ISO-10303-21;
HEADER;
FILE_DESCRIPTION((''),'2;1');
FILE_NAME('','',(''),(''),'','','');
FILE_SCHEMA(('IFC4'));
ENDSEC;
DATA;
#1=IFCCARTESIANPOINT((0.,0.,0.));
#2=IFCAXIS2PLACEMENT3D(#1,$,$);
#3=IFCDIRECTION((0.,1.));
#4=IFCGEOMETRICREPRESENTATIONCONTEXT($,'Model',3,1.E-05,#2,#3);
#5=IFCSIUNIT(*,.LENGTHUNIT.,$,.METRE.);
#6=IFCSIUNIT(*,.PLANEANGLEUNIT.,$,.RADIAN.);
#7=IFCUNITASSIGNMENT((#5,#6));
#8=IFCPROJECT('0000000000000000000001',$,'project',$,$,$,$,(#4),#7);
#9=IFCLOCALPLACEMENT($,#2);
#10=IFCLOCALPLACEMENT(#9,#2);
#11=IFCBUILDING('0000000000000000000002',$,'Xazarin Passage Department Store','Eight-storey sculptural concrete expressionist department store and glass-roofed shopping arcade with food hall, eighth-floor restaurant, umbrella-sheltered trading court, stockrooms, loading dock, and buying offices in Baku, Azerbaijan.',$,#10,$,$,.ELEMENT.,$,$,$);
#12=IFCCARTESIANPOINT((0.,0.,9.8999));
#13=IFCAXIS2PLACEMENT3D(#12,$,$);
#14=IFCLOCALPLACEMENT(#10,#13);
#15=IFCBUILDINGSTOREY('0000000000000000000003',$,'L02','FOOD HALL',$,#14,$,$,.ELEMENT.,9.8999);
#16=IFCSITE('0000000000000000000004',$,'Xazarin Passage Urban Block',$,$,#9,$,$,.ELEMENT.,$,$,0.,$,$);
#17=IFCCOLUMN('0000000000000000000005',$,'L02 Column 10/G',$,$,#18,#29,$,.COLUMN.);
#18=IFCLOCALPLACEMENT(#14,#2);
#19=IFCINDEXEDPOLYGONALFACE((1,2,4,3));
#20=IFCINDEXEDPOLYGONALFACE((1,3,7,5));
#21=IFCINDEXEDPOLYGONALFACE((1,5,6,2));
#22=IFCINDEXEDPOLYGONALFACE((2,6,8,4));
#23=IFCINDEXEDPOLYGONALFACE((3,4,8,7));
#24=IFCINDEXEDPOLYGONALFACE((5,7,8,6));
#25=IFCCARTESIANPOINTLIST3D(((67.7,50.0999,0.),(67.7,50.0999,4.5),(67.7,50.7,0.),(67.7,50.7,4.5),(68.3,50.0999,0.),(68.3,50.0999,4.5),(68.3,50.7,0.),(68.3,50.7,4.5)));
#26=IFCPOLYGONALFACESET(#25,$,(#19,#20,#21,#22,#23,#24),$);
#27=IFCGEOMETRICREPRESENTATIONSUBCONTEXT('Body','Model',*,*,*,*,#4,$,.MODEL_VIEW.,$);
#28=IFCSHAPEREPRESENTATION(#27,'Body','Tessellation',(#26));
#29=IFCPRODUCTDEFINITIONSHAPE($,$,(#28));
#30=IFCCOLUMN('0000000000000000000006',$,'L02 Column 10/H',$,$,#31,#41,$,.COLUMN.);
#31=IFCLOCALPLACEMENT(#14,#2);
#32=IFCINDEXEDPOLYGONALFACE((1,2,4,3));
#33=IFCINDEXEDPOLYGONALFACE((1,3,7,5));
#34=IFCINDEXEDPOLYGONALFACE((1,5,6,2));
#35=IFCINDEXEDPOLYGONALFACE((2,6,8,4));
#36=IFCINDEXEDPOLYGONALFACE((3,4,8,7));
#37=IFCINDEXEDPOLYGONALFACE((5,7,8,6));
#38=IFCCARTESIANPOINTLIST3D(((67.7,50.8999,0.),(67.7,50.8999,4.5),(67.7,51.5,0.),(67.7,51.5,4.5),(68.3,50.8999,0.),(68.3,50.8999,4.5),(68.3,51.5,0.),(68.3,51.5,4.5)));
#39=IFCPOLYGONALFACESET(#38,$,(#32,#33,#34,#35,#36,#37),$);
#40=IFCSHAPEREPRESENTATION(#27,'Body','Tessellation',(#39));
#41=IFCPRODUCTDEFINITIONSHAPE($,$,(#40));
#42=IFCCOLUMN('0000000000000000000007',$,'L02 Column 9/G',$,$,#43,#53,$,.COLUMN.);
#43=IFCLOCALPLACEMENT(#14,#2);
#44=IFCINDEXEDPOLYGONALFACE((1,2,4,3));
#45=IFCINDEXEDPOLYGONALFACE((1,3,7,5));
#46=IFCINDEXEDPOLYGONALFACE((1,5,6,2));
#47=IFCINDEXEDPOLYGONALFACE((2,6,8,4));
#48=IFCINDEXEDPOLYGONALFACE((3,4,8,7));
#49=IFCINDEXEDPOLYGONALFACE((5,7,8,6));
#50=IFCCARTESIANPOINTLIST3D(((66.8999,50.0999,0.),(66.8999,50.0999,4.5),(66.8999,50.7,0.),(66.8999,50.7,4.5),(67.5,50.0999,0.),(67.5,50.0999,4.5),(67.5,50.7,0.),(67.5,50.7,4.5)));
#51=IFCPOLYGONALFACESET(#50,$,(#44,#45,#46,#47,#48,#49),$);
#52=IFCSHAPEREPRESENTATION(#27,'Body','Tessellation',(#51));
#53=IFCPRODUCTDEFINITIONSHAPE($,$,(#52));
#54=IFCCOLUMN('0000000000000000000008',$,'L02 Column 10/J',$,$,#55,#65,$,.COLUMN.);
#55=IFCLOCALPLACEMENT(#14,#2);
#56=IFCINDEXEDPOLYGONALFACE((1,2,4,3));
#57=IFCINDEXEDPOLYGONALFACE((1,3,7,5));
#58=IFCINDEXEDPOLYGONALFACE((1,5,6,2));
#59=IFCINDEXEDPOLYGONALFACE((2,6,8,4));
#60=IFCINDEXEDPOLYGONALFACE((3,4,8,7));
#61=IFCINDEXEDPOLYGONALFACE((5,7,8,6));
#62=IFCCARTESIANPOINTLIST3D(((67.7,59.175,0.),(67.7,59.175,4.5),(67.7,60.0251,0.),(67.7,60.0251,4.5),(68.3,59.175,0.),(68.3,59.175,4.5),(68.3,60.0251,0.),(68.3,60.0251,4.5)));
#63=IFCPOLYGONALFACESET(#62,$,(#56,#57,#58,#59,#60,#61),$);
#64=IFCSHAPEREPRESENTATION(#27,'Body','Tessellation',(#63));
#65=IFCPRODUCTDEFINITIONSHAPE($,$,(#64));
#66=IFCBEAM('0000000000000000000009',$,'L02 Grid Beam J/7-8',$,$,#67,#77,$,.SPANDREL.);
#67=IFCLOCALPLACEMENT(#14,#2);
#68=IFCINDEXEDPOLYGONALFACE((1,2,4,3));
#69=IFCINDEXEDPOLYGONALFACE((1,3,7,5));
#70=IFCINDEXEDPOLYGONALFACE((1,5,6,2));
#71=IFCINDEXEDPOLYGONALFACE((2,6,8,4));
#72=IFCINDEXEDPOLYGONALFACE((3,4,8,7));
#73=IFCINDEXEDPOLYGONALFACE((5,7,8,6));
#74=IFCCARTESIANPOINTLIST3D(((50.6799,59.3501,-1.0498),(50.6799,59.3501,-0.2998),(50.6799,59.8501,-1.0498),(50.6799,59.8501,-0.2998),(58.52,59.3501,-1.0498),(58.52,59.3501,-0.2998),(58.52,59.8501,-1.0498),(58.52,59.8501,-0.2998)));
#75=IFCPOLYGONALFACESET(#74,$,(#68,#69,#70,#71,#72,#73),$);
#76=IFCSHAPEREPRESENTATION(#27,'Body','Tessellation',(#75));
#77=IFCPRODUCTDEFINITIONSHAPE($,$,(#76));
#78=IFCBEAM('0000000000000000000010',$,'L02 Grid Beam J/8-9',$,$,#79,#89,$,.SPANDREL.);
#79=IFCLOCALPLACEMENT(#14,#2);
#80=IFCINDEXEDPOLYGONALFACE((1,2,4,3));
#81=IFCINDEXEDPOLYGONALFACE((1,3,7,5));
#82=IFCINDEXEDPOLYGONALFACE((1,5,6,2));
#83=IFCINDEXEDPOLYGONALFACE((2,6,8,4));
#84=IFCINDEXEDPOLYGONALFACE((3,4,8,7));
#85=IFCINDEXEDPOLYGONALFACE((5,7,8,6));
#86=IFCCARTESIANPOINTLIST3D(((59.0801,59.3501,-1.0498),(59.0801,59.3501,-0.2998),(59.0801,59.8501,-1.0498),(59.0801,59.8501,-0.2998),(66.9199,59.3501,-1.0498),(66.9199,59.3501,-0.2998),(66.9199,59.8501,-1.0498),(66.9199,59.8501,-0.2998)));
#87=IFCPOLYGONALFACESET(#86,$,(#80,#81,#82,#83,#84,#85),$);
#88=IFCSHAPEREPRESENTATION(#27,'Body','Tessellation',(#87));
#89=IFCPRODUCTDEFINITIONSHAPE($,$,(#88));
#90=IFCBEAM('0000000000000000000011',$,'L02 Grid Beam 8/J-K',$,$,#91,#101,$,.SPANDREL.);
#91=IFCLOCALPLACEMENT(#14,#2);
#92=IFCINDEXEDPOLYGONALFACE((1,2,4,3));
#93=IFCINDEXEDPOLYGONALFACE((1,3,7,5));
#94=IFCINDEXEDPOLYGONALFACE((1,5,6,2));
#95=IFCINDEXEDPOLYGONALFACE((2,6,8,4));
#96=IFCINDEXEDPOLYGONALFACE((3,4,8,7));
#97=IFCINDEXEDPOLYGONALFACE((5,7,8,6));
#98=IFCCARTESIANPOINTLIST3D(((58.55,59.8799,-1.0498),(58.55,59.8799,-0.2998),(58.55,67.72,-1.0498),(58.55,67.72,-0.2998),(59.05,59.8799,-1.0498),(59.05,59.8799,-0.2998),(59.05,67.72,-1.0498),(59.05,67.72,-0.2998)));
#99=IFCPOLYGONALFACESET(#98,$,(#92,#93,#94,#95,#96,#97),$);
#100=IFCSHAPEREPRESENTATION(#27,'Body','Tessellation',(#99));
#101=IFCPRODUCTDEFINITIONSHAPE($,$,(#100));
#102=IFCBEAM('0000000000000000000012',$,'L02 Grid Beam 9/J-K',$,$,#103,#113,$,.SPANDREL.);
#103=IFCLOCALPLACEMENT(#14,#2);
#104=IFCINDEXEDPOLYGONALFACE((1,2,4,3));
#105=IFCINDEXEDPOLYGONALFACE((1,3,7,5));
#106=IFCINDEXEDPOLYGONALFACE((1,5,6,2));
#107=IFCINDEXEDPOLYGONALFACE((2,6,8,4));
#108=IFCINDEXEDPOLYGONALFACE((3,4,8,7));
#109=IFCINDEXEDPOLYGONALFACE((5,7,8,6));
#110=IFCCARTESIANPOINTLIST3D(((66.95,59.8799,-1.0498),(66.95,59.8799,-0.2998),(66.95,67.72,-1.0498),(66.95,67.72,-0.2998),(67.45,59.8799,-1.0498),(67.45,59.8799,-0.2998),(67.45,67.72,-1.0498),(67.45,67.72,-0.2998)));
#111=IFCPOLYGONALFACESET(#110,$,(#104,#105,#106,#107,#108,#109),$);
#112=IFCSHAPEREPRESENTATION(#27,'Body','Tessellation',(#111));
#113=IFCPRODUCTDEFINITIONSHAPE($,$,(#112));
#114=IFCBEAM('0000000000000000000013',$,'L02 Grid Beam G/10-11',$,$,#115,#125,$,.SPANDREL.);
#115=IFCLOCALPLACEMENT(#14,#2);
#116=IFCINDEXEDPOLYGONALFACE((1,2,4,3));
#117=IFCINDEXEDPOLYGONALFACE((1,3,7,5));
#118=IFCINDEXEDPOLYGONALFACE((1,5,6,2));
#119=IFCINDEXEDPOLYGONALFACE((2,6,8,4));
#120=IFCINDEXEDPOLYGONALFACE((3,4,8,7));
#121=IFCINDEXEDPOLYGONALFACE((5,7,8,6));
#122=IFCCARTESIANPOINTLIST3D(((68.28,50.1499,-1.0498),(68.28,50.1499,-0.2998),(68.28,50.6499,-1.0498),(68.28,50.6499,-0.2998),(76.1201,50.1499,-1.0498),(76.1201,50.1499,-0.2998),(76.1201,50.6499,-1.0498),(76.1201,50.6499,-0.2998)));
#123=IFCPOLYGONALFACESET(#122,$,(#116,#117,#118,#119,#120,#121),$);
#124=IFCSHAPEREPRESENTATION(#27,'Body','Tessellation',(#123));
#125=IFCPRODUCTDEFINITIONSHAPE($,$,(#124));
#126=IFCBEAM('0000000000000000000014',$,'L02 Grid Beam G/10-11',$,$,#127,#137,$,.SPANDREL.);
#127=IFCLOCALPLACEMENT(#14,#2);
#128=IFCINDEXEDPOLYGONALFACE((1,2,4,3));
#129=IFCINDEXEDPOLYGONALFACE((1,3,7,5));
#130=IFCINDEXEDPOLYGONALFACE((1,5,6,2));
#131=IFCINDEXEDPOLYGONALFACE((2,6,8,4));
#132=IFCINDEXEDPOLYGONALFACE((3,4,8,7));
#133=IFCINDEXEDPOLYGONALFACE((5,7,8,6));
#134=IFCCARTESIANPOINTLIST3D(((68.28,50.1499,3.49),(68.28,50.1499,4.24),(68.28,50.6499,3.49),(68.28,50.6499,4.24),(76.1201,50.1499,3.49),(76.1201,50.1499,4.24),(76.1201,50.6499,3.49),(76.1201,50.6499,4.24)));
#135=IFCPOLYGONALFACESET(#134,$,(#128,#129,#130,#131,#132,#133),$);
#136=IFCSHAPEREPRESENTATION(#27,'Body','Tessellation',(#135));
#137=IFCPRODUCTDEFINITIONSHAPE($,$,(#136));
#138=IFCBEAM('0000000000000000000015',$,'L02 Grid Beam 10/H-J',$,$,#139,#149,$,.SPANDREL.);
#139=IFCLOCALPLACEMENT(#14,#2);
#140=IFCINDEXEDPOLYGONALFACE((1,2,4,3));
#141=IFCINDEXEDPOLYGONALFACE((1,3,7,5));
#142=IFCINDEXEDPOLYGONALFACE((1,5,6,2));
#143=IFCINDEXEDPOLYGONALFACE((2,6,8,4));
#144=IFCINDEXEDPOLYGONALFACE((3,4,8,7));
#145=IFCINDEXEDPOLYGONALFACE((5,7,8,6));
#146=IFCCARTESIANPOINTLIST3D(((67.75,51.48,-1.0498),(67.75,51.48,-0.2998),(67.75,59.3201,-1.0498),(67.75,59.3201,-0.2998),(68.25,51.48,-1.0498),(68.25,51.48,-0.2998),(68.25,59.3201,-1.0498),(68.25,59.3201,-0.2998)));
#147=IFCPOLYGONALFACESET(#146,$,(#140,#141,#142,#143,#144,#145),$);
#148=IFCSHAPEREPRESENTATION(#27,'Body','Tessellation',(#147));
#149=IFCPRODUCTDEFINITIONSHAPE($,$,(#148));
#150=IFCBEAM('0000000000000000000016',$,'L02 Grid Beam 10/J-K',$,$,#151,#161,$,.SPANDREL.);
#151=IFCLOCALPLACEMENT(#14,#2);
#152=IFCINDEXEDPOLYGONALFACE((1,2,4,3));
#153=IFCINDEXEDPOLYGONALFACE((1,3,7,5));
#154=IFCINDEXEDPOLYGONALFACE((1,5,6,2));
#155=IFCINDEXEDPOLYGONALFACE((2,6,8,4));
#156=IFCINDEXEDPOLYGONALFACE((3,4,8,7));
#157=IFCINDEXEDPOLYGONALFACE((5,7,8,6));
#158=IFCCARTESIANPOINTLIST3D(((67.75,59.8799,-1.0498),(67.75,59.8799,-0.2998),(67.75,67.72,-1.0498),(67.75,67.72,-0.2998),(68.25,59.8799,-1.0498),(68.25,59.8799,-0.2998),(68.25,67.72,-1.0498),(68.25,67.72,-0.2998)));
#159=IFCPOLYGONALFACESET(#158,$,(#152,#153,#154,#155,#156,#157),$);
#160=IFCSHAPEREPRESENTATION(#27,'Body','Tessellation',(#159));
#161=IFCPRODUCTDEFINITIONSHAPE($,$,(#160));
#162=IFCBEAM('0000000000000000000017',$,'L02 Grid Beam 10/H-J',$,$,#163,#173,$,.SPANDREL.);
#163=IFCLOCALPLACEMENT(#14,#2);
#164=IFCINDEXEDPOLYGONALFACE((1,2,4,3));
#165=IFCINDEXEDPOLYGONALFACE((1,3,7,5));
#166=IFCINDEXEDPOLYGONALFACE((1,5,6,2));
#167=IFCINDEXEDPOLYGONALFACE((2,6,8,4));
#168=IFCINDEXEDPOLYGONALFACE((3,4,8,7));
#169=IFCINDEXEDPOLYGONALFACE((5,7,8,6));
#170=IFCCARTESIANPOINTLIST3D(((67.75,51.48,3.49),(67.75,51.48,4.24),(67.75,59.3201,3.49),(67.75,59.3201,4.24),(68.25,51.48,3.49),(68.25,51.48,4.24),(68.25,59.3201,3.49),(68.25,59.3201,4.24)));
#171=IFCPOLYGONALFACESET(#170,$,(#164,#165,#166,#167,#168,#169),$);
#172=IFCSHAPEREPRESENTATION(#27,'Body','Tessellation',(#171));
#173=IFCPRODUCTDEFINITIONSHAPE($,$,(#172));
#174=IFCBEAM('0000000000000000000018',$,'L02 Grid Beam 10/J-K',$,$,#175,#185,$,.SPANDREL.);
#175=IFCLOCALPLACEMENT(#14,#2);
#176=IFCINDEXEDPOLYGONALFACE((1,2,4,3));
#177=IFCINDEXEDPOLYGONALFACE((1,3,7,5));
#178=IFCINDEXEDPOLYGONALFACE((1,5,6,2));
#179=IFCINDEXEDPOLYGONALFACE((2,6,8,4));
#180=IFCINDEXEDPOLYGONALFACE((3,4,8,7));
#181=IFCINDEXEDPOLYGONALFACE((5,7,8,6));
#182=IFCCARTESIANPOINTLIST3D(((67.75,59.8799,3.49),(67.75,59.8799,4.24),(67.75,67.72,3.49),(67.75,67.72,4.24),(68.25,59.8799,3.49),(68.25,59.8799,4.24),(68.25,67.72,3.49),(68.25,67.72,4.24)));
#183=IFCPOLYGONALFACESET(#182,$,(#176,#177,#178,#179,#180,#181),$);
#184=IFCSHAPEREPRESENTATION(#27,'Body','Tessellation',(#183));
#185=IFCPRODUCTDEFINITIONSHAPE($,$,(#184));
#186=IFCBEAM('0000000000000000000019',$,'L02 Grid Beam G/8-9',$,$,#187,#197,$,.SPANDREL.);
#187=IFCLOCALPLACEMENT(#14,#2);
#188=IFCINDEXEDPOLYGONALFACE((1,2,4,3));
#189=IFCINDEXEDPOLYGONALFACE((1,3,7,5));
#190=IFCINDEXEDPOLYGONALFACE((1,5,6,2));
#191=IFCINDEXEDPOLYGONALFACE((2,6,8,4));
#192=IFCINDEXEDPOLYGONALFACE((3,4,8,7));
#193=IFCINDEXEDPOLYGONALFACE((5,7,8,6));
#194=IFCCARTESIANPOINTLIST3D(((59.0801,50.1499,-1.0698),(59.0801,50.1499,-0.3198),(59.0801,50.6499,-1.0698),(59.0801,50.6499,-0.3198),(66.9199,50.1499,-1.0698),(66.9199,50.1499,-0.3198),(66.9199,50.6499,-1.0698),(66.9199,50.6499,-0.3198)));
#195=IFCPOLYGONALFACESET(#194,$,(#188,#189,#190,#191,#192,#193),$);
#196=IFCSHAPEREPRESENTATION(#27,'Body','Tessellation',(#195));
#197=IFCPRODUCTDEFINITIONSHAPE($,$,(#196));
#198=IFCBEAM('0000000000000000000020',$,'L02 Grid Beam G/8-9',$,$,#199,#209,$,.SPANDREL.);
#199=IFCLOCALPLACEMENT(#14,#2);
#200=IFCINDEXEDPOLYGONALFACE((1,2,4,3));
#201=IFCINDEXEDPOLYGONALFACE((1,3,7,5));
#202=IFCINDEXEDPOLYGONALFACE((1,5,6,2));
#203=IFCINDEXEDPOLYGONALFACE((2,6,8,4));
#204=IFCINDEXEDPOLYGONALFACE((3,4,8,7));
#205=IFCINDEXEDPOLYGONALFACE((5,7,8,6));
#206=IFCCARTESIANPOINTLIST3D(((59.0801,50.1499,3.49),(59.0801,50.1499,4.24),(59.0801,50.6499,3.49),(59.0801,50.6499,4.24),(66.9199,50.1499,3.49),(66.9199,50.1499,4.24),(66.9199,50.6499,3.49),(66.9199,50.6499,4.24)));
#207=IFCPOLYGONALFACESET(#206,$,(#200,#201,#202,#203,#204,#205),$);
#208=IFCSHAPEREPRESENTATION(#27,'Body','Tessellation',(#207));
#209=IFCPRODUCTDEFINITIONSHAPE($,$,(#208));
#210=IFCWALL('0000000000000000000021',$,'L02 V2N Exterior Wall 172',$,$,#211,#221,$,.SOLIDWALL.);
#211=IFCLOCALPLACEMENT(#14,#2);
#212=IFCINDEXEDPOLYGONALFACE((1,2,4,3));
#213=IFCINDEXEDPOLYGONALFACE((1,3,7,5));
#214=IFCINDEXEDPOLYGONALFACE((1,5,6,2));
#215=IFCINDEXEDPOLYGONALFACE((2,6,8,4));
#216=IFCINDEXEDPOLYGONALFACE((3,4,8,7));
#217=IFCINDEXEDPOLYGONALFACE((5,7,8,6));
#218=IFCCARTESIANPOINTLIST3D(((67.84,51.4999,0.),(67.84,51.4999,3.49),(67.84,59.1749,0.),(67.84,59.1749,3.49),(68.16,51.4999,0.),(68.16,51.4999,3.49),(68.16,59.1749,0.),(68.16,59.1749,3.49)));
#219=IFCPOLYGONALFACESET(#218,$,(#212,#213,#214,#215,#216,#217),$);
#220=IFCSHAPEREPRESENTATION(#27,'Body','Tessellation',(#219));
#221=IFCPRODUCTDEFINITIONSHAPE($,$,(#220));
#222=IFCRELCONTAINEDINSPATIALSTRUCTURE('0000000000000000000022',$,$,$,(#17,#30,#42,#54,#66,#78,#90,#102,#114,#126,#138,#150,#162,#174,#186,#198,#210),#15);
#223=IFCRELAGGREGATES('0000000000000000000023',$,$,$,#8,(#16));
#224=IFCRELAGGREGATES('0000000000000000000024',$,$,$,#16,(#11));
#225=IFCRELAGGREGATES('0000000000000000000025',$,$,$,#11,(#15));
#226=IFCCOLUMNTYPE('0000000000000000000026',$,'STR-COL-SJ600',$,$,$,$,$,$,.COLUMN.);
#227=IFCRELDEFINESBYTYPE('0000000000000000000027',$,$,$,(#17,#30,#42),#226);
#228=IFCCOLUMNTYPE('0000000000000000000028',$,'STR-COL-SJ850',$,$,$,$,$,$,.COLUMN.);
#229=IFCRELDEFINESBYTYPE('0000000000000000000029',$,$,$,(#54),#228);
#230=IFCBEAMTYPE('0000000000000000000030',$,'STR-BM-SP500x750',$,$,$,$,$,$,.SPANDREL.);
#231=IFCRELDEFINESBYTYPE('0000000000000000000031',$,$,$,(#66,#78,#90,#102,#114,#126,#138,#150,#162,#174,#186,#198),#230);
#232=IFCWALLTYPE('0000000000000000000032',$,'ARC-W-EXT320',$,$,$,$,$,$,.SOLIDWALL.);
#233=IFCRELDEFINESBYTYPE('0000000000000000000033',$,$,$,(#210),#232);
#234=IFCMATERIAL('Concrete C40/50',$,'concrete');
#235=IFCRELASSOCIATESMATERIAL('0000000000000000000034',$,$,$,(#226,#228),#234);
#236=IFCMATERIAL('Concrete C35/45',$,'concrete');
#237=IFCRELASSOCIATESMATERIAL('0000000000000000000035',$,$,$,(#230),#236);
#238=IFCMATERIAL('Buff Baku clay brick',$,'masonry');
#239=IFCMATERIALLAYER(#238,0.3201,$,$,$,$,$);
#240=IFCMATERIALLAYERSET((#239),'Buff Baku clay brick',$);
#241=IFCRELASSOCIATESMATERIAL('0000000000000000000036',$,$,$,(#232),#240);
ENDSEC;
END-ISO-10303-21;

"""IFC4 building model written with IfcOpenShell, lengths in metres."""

from ifc_helpers import new_model, si_unit, direction, frame, frame_2d, origin, origin_2d, place, context, subcontext, project, spatial, rectangle, extrude, material, layer, layer_set, material_profile, profile_set, type_object, element, save


model = new_model("IFC4")

# Units and contexts
model_context = context("Model", 3, precision=1e-05, world=origin(), true_north=direction((0.0, 1.0)))
body_context = subcontext(model_context, "Body", "Model", "MODEL_VIEW")
ifc_project = project(units=[si_unit("LENGTHUNIT", "METRE"), si_unit("PLANEANGLEUNIT", "RADIAN")], contexts=[model_context])

# Site, building, storey
site_placement = place(None, origin())
site = spatial("IfcSite", under=ifc_project, at=site_placement, Name="Xazarin Passage Urban Block", CompositionType="ELEMENT", RefElevation=0.0)
building_placement = place(site_placement, origin())
building = spatial("IfcBuilding", under=site, at=building_placement, Name="Xazarin Passage Department Store", Description="Eight-storey sculptural concrete expressionist department store and glass-roofed shopping arcade with food hall, eighth-floor restaurant, umbrella-sheltered trading court, stockrooms, loading dock, and buying offices in Baku, Azerbaijan.", CompositionType="ELEMENT")
storey_placement = place(building_placement, frame((0.0, 0.0, 9.8999)))
storey = spatial("IfcBuildingStorey", under=building, at=storey_placement, Name="L02", Description="FOOD HALL", CompositionType="ELEMENT", Elevation=9.8999)

# Columns
ifc_material_1 = material(Name="Concrete C40/50", Category="concrete")
ifc_material_profile_1 = material_profile(ifc_material_1, rectangle(XDim=0.6001, YDim=0.6001, at=origin_2d()), Name="RC 600x600")
ifc_profile_set_1 = profile_set([ifc_material_profile_1], Name="Concrete C40/50")
column_type_1 = type_object("IfcColumnType", Name="STR-COL-SJ600", PredefinedType="COLUMN", material=ifc_profile_set_1)
for number, where, z_axis, x_axis, name in (
    (1, (68.0, 50.3999, 0.0), (0.0, 0.0, 1.0), (1.0, 0.0, 0.0), "L02 Column 10/G"),
    (2, (68.0, 51.2, 0.0), (0.0, 0.0, 1.0), (1.0, 0.0, 0.0), "L02 Column 10/H"),
    (3, (67.2, 50.3999, 0.0), (0.0, 0.0, 1.0), (1.0, 0.0, 0.0), "L02 Column 9/G"),
):
    element("IfcColumn", number, at=place(storey_placement, frame(where, z_axis=z_axis, x_axis=x_axis)), inside=storey, type_object=column_type_1, Name=name, PredefinedType="COLUMN", context=body_context, shape_type="SweptSolid", body=[
        extrude(rectangle(XDim=0.6001, YDim=0.6001, at=origin_2d()), origin(), (0.0, 0.0, 1.0), 4.5),
    ])
ifc_material_profile_2 = material_profile(ifc_material_1, rectangle(XDim=0.6001, YDim=0.8501, at=origin_2d()), Name="RC 600x850")
ifc_profile_set_2 = profile_set([ifc_material_profile_2], Name="Concrete C40/50")
column_type_2 = type_object("IfcColumnType", Name="STR-COL-SJ850", PredefinedType="COLUMN", material=ifc_profile_set_2)
column_placement = place(storey_placement, frame((68.0, 59.6001, 0.0), z_axis=(0.0, 0.0, 1.0), x_axis=(1.0, 0.0, 0.0)))
element("IfcColumn", 4, at=column_placement, inside=storey, type_object=column_type_2, Name="L02 Column 10/J", PredefinedType="COLUMN", context=body_context, shape_type="SweptSolid", body=[
    extrude(rectangle(XDim=0.6001, YDim=0.8501, at=origin_2d()), origin(), (0.0, 0.0, 1.0), 4.5),
])

# Beams
ifc_material_2 = material(Name="Concrete C35/45", Category="concrete")
ifc_material_profile_3 = material_profile(ifc_material_2, rectangle(XDim=0.5, YDim=0.75, at=origin_2d()), Name="RC 500x750")
ifc_profile_set_3 = profile_set([ifc_material_profile_3], Name="Concrete C35/45")
beam_type = type_object("IfcBeamType", Name="STR-BM-SP500x750", PredefinedType="SPANDREL", material=ifc_profile_set_3)
beam_1_placement = place(storey_placement, frame((50.6799, 59.6001, -0.6748), z_axis=(1.0, 0.0, 0.0), x_axis=(0.0, 1.0, 0.0)))
element("IfcBeam", 5, at=beam_1_placement, inside=storey, type_object=beam_type, Name="L02 Grid Beam J/7-8", PredefinedType="SPANDREL", context=body_context, shape_type="SweptSolid", body=[
    extrude(rectangle(XDim=0.5, YDim=0.75, at=origin_2d()), origin(), (0.0, 0.0, 1.0), 7.8401),
])
beam_2_placement = place(storey_placement, frame((59.0801, 59.6001, -0.6748), z_axis=(1.0, 0.0, 0.0), x_axis=(0.0, 1.0, 0.0)))
element("IfcBeam", 6, at=beam_2_placement, inside=storey, type_object=beam_type, Name="L02 Grid Beam J/8-9", PredefinedType="SPANDREL", context=body_context, shape_type="SweptSolid", body=[
    extrude(rectangle(XDim=0.5, YDim=0.75, at=origin_2d()), origin(), (0.0, 0.0, 1.0), 7.8398),
])
for number, where, z_axis, x_axis, name in (
    (7, (58.8, 59.8799, -0.6748), (0.0, 1.0, 0.0), (-1.0, 0.0, 0.0), "L02 Grid Beam 8/J-K"),
    (8, (67.2, 59.8799, -0.6748), (0.0, 1.0, 0.0), (-1.0, 0.0, 0.0), "L02 Grid Beam 9/J-K"),
    (9, (68.28, 50.3999, -0.6748), (1.0, 0.0, 0.0), (0.0, 1.0, 0.0), "L02 Grid Beam G/10-11"),
    (10, (68.28, 50.3999, 3.865), (1.0, 0.0, 0.0), (0.0, 1.0, 0.0), "L02 Grid Beam G/10-11"),
    (11, (68.0, 51.48, -0.6748), (0.0, 1.0, 0.0), (-1.0, 0.0, 0.0), "L02 Grid Beam 10/H-J"),
    (12, (68.0, 59.8799, -0.6748), (0.0, 1.0, 0.0), (-1.0, 0.0, 0.0), "L02 Grid Beam 10/J-K"),
    (13, (68.0, 51.48, 3.865), (0.0, 1.0, 0.0), (-1.0, 0.0, 0.0), "L02 Grid Beam 10/H-J"),
    (14, (68.0, 59.8799, 3.865), (0.0, 1.0, 0.0), (-1.0, 0.0, 0.0), "L02 Grid Beam 10/J-K"),
):
    element("IfcBeam", number, at=place(storey_placement, frame(where, z_axis=z_axis, x_axis=x_axis)), inside=storey, type_object=beam_type, Name=name, PredefinedType="SPANDREL", context=body_context, shape_type="SweptSolid", body=[
        extrude(rectangle(XDim=0.5, YDim=0.75, at=origin_2d()), origin(), (0.0, 0.0, 1.0), 7.8401),
    ])
for number, where, z_axis, x_axis, name in (
    (15, (59.0801, 50.3999, -0.6948), (1.0, 0.0, 0.0), (0.0, 1.0, 0.0), "L02 Grid Beam G/8-9"),
    (16, (59.0801, 50.3999, 3.865), (1.0, 0.0, 0.0), (0.0, 1.0, 0.0), "L02 Grid Beam G/8-9"),
):
    element("IfcBeam", number, at=place(storey_placement, frame(where, z_axis=z_axis, x_axis=x_axis)), inside=storey, type_object=beam_type, Name=name, PredefinedType="SPANDREL", context=body_context, shape_type="SweptSolid", body=[
        extrude(rectangle(XDim=0.5, YDim=0.75, at=origin_2d()), origin(), (0.0, 0.0, 1.0), 7.8398),
    ])

# Wall
ifc_material_3 = material(Name="Buff Baku clay brick", Category="masonry")
ifc_layer_1 = layer(ifc_material_3, 0.3201)
ifc_layer_set_1 = layer_set([ifc_layer_1], Name="Buff Baku clay brick")
wall_type_1 = type_object("IfcWallType", Name="ARC-W-EXT320", PredefinedType="SOLIDWALL", material=ifc_layer_set_1)
wall_1_placement = place(storey_placement, frame((68.0, 51.5, 0.0), z_axis=(0.0, 0.0, 1.0), x_axis=(0.0, 1.0, 0.0)))
element("IfcWall", 17, at=wall_1_placement, inside=storey, type_object=wall_type_1, Name="L02 V2N Exterior Wall 172", PredefinedType="SOLIDWALL", context=body_context, shape_type="SweptSolid", body=[
    extrude(rectangle(XDim=7.675, YDim=0.3201, at=frame_2d((3.8374, 0.0))), origin(), (0.0, 0.0, 1.0), 3.49),
])

save(model, "model.ifc")
